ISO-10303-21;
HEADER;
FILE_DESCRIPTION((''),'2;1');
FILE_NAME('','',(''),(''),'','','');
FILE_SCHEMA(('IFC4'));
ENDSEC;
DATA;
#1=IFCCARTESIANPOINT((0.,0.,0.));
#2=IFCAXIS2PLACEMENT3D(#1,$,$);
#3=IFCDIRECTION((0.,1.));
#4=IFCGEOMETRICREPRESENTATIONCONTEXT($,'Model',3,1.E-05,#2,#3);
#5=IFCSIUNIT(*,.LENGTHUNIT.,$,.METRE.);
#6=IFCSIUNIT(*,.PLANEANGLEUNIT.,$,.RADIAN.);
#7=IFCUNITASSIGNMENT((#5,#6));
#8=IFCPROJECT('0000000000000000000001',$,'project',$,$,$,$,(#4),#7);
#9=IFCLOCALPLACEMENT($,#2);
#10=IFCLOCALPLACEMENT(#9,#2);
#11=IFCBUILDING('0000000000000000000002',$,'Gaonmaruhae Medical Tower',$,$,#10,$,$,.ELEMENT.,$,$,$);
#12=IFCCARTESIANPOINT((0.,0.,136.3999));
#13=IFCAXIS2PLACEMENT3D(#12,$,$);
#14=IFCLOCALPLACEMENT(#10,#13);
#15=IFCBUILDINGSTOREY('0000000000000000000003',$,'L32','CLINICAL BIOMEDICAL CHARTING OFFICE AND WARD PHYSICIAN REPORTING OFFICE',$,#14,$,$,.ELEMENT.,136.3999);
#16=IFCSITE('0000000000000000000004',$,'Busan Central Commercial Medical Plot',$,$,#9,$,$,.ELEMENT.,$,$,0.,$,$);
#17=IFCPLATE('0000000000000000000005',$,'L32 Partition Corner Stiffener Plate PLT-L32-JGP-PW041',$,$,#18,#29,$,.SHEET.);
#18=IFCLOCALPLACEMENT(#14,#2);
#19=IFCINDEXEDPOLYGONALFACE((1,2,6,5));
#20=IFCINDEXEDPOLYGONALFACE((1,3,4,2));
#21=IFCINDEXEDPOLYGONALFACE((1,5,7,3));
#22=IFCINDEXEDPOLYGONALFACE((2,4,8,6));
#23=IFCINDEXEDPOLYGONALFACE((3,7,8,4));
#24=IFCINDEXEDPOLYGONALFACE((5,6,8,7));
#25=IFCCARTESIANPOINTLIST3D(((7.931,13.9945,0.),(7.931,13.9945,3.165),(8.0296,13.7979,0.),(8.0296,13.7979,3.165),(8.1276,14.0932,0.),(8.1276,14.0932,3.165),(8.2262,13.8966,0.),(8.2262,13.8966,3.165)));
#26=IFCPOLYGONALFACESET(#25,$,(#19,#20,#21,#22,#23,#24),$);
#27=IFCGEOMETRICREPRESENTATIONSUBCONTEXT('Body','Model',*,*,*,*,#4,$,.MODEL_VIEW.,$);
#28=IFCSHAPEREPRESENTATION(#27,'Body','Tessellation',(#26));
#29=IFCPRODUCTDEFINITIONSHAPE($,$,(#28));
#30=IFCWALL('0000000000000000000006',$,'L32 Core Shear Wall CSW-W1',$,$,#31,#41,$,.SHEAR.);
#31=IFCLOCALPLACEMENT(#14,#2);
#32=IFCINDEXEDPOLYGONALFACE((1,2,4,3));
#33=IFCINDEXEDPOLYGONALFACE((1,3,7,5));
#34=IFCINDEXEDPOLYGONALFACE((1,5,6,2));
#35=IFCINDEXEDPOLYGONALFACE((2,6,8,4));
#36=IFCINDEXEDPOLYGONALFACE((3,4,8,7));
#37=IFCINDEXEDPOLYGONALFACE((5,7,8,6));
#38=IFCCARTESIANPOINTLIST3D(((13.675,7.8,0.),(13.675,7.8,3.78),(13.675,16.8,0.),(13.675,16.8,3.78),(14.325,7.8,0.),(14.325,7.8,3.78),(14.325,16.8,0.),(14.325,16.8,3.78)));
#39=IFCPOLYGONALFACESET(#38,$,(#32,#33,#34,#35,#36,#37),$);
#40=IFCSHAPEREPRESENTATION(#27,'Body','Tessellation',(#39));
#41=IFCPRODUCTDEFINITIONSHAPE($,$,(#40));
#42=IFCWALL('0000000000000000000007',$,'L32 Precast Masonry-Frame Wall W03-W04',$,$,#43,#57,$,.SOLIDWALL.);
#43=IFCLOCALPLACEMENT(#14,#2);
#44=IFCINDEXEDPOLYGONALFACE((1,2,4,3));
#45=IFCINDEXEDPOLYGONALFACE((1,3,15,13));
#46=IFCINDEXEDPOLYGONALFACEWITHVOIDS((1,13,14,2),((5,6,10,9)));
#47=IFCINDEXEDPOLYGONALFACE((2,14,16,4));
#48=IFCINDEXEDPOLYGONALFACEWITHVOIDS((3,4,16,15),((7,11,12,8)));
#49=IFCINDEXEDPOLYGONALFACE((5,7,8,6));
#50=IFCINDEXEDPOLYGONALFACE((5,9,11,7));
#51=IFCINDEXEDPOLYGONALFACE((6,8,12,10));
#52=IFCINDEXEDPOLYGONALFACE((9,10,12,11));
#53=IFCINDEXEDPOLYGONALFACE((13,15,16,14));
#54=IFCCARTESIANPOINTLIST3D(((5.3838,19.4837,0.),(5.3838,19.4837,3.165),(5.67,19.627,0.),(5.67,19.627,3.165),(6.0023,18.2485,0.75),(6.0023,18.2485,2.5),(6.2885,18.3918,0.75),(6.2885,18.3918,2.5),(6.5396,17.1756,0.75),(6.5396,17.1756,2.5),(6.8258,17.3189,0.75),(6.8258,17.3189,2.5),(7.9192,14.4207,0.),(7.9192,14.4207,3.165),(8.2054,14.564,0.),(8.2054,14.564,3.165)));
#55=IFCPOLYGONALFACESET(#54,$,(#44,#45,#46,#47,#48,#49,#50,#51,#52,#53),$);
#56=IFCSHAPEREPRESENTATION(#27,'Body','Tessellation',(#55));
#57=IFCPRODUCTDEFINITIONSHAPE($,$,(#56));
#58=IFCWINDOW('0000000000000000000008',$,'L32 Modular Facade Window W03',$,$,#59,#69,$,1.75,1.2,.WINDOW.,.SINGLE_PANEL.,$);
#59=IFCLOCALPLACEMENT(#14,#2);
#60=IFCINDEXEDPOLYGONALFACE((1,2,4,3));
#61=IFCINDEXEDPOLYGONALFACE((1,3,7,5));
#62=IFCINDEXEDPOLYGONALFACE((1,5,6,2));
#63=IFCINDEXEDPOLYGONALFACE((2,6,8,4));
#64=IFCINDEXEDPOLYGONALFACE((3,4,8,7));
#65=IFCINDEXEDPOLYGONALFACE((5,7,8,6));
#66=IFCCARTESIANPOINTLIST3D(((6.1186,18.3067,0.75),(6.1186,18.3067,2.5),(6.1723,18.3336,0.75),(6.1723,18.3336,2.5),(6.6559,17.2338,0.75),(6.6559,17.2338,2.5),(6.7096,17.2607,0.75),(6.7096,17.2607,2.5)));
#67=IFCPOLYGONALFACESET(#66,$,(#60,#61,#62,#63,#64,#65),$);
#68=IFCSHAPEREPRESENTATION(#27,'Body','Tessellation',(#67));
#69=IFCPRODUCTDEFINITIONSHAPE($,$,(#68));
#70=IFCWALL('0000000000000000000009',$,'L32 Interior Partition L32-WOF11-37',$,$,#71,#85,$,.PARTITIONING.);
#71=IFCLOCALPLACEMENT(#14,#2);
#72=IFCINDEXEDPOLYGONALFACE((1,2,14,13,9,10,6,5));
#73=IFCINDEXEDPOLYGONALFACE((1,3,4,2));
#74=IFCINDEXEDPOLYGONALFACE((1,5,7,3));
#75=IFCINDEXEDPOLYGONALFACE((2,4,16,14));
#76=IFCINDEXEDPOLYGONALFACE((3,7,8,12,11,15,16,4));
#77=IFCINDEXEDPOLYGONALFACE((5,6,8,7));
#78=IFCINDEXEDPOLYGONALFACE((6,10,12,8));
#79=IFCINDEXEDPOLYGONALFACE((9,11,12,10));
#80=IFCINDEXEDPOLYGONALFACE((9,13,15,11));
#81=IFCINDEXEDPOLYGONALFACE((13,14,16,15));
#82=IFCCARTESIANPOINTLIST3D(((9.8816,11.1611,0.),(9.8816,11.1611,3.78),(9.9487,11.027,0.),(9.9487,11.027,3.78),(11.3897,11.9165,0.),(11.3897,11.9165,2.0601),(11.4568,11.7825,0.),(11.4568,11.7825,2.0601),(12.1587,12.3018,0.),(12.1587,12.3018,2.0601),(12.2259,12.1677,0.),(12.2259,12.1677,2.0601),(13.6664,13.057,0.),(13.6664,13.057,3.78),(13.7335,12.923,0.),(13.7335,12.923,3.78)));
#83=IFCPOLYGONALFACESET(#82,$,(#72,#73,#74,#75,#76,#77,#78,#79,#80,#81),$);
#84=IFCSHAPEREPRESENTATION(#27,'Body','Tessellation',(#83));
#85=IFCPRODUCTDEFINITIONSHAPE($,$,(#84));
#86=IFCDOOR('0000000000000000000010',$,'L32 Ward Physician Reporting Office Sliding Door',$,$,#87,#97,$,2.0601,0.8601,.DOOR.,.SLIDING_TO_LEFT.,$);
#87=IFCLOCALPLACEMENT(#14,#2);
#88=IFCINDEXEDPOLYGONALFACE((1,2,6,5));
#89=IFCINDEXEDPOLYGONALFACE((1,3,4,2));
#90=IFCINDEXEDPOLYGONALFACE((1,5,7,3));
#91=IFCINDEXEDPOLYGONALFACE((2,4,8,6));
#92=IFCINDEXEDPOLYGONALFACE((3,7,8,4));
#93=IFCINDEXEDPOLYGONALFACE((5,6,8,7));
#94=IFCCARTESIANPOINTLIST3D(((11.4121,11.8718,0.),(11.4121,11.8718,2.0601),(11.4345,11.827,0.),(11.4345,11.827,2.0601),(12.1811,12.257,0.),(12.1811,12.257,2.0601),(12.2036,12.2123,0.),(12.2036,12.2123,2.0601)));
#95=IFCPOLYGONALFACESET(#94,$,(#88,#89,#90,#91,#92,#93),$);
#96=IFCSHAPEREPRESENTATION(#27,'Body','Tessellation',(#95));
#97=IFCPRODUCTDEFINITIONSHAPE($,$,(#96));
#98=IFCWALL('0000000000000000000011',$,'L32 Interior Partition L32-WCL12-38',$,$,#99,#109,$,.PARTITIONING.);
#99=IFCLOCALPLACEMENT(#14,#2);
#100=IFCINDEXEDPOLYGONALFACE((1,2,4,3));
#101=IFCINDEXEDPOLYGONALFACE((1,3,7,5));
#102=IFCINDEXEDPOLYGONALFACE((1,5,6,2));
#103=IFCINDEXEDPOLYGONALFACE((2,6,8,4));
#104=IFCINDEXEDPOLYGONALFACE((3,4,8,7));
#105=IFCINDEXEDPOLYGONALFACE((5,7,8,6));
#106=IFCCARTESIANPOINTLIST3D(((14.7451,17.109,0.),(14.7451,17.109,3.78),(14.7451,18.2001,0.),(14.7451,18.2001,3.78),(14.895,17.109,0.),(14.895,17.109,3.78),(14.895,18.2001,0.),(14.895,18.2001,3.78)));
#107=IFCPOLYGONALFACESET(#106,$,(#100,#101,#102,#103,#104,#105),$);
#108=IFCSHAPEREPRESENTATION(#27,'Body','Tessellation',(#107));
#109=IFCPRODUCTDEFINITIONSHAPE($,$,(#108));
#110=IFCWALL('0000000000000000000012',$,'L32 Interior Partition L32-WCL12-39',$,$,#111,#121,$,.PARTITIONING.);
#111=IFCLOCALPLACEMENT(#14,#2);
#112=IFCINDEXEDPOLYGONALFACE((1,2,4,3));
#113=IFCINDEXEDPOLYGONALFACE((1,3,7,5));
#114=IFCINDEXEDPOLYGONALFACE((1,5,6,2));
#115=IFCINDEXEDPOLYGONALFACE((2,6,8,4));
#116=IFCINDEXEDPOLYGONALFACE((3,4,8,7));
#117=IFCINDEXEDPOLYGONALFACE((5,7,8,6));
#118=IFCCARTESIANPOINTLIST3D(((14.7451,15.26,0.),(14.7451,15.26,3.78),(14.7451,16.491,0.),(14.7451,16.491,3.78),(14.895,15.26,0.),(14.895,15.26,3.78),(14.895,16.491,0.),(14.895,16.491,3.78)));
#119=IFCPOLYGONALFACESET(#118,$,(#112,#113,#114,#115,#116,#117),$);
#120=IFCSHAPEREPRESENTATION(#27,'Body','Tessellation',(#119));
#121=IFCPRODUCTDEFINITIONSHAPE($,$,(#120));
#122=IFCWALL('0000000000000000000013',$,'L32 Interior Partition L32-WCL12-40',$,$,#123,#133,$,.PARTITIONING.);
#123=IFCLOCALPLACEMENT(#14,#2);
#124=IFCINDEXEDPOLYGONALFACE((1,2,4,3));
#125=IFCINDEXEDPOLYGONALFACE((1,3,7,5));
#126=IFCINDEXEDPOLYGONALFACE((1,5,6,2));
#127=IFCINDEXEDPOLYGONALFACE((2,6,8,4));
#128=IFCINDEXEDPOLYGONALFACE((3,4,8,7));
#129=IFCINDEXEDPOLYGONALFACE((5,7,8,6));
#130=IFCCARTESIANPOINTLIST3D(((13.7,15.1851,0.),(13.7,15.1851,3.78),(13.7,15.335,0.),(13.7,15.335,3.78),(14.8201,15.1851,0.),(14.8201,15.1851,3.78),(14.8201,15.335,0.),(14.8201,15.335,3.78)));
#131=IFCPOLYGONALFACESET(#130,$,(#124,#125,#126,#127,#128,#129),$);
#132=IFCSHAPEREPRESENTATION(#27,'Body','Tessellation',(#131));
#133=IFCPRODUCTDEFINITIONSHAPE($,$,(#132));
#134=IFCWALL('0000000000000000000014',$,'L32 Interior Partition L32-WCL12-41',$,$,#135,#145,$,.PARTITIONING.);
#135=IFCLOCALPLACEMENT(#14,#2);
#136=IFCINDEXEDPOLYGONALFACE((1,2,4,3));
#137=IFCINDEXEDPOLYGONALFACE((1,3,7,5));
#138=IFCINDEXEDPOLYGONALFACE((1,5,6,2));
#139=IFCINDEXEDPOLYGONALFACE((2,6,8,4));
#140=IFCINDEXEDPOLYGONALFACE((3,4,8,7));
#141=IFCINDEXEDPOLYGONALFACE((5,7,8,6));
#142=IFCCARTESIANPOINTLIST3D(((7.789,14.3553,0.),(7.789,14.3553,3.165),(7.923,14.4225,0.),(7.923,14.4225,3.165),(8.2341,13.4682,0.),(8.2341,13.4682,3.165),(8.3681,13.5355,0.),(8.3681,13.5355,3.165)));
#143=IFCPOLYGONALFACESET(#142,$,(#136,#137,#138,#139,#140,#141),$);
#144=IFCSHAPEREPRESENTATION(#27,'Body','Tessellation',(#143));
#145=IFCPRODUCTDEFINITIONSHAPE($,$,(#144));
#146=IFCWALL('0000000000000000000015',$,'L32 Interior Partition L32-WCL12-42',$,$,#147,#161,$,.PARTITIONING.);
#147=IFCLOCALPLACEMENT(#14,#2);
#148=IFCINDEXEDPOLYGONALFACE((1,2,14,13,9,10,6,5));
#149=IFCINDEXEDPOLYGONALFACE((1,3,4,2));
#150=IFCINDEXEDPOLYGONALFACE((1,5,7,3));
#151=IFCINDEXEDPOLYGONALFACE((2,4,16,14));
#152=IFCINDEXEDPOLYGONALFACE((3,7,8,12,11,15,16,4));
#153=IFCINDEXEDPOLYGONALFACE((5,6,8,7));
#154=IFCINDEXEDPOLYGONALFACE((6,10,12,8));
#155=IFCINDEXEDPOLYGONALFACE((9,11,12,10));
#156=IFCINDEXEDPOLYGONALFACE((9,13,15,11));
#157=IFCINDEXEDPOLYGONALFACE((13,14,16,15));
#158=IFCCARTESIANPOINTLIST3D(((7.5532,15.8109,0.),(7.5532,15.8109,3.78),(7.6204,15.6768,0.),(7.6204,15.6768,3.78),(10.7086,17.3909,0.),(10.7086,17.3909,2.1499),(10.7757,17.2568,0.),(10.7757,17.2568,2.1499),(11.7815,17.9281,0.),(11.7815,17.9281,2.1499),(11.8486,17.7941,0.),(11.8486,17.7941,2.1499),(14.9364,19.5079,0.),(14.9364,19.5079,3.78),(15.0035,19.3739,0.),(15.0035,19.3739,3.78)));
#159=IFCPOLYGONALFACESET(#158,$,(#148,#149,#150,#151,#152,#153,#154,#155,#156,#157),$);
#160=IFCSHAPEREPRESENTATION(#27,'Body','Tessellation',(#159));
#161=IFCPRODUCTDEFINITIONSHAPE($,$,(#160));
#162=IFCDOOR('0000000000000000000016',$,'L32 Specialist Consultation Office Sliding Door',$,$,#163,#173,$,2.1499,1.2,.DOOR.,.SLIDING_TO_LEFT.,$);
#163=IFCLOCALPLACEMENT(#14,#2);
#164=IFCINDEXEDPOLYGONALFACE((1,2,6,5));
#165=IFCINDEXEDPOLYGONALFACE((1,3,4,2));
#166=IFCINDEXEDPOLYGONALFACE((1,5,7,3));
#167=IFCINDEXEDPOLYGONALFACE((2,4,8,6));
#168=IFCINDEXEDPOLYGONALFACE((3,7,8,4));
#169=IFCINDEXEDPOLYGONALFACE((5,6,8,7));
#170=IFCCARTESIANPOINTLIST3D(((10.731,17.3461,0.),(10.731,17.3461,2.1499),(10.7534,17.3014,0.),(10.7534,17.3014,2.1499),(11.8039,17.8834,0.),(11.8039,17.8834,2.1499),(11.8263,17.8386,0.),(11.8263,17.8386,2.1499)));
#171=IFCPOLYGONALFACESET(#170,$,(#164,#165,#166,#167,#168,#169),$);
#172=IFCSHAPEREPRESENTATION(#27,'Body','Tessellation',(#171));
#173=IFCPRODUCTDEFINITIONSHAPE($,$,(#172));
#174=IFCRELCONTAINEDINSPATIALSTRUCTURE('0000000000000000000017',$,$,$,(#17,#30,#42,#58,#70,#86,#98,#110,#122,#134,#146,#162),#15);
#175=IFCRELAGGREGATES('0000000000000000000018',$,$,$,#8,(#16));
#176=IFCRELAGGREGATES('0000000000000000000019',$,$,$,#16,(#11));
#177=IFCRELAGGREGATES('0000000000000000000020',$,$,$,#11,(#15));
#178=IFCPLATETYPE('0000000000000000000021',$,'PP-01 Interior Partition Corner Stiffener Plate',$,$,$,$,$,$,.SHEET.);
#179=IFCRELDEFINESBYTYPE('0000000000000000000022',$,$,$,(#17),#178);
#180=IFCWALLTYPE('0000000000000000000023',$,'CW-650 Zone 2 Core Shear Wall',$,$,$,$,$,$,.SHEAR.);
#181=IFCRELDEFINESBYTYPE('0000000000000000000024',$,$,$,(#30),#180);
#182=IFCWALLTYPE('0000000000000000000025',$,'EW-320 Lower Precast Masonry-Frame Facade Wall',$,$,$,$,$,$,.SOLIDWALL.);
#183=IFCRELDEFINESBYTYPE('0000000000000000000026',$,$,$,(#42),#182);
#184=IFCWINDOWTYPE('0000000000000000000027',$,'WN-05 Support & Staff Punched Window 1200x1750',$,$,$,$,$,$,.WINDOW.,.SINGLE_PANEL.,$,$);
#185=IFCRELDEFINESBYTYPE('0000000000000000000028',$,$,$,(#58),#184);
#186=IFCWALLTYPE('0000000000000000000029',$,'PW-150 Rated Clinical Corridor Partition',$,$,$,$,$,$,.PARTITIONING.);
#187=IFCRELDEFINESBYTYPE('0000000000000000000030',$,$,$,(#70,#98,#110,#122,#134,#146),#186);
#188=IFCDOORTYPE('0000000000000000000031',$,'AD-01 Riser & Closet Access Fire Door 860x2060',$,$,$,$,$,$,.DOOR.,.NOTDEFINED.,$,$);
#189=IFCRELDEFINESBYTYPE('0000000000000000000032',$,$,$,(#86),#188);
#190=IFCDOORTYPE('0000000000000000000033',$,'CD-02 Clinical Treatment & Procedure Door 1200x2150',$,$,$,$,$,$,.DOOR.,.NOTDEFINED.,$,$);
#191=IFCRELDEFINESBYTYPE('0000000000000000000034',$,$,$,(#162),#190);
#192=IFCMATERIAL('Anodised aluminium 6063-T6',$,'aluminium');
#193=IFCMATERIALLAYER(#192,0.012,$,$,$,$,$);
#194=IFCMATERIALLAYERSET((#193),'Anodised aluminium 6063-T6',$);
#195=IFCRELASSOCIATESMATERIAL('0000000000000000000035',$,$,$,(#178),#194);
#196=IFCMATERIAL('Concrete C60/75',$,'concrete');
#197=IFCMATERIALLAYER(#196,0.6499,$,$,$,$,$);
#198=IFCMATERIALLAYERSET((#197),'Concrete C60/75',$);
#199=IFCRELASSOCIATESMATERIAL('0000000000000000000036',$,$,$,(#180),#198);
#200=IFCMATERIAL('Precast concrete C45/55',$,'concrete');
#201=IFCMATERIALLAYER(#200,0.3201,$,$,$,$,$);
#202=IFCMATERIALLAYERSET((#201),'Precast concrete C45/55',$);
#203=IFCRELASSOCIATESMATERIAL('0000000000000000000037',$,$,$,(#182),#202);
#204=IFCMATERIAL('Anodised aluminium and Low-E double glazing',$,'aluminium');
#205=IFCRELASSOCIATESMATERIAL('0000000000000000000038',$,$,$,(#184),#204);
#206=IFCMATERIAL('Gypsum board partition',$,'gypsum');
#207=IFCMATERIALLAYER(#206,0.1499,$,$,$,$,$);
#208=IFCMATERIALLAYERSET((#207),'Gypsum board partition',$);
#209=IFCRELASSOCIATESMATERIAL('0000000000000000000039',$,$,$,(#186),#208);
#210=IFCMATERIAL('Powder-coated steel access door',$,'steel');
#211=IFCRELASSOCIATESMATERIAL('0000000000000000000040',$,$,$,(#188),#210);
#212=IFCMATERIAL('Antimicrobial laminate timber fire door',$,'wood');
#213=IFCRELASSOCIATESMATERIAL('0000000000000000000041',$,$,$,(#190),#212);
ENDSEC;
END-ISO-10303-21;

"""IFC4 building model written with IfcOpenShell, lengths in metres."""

from ifc_helpers import new_model, si_unit, direction, frame, frame_2d, origin, origin_2d, place, context, subcontext, project, spatial, rectangle, extrude, material, layer, layer_set, type_object, element, fill, save


model = new_model("IFC4")

# Units and contexts
model_context = context("Model", 3, precision=1e-05, world=origin(), true_north=direction((0.0, 1.0)))
body_context = subcontext(model_context, "Body", "Model", "MODEL_VIEW")
ifc_project = project(units=[si_unit("LENGTHUNIT", "METRE"), si_unit("PLANEANGLEUNIT", "RADIAN")], contexts=[model_context])

# Site, building, storey
site_placement = place(None, origin())
site = spatial("IfcSite", under=ifc_project, at=site_placement, Name="Busan Central Commercial Medical Plot", CompositionType="ELEMENT", RefElevation=0.0)
building_placement = place(site_placement, origin())
building = spatial("IfcBuilding", under=site, at=building_placement, Name="Gaonmaruhae Medical Tower", CompositionType="ELEMENT")
storey_placement = place(building_placement, frame((0.0, 0.0, 136.3999)))
storey = spatial("IfcBuildingStorey", under=building, at=storey_placement, Name="L32", Description="CLINICAL BIOMEDICAL CHARTING OFFICE AND WARD PHYSICIAN REPORTING OFFICE", CompositionType="ELEMENT", Elevation=136.3999)

# Shared definitions
ifc_material_1 = material(Name="Concrete C60/75", Category="concrete")

# Plate
ifc_material_2 = material(Name="Anodised aluminium 6063-T6", Category="aluminium")
ifc_layer_1 = layer(ifc_material_2, 0.012)
ifc_layer_set_1 = layer_set([ifc_layer_1], Name="Anodised aluminium 6063-T6")
plate_type = type_object("IfcPlateType", Name="PP-01 Interior Partition Corner Stiffener Plate", PredefinedType="SHEET", material=ifc_layer_set_1)
plate_placement = place(storey_placement, frame((8.0786, 13.9456, 0.0), z_axis=(0.0, 0.0, 1.0), x_axis=(-0.44843, 0.893818, 0.0)))
element("IfcPlate", 1, at=plate_placement, inside=storey, type_object=plate_type, Name="L32 Partition Corner Stiffener Plate PLT-L32-JGP-PW041", PredefinedType="SHEET", context=body_context, shape_type="SweptSolid", body=[
    extrude(rectangle(XDim=0.22, YDim=0.22, at=origin_2d()), origin(), (0.0, 0.0, 1.0), 3.165),
])

# Wall
ifc_layer_2 = layer(ifc_material_1, 0.6499)
ifc_layer_set_2 = layer_set([ifc_layer_2], Name="Concrete C60/75")
wall_type_1 = type_object("IfcWallType", Name="CW-650 Zone 2 Core Shear Wall", PredefinedType="SHEAR", material=ifc_layer_set_2)
wall_1_placement = place(storey_placement, frame((14.0, 16.8, 0.0), z_axis=(0.0, 0.0, 1.0), x_axis=(0.0, -1.0, 0.0)))
element("IfcWall", 2, at=wall_1_placement, inside=storey, type_object=wall_type_1, Name="L32 Core Shear Wall CSW-W1", PredefinedType="SHEAR", context=body_context, shape_type="SweptSolid", body=[
    extrude(rectangle(XDim=9.0, YDim=0.6499, at=frame_2d((4.5, 0.0))), origin(), (0.0, 0.0, 1.0), 3.78),
])

# Wall, opening, window
ifc_material_3 = material(Name="Precast concrete C45/55", Category="concrete")
ifc_layer_3 = layer(ifc_material_3, 0.3201)
ifc_layer_set_3 = layer_set([ifc_layer_3], Name="Precast concrete C45/55")
wall_type_2 = type_object("IfcWallType", Name="EW-320 Lower Precast Masonry-Frame Facade Wall", PredefinedType="SOLIDWALL", material=ifc_layer_set_3)
wall_2_placement = place(storey_placement, frame((8.0623, 14.4924, 0.0), z_axis=(0.0, 0.0, 1.0), x_axis=(-0.447765, 0.894151, 0.0)))
wall_2 = element("IfcWall", 3, at=wall_2_placement, inside=storey, type_object=wall_type_2, Name="L32 Precast Masonry-Frame Wall W03-W04", PredefinedType="SOLIDWALL", context=body_context, shape_type="SweptSolid", body=[
    extrude(rectangle(XDim=5.6624, YDim=0.3201, at=frame_2d((2.8311, 0.0))), origin(), (0.0, 0.0, 1.0), 3.165),
])
opening_1_placement = place(wall_2_placement, frame((3.0808, 0.0, 0.75)))
opening_1 = element("IfcOpeningElement", 4, at=opening_1_placement, cuts=wall_2, PredefinedType="OPENING", context=body_context, shape_type="SweptSolid", body=[
    extrude(rectangle(XDim=1.2, YDim=1.75, at=frame_2d((0.6001, 0.875))), frame((0.0, 0.1699, 0.0), z_axis=(0.0, -1.0, 0.0), x_axis=(1.0, 0.0, 0.0)), (0.0, 0.0, 1.0), 0.3401),
])
ifc_material_4 = material(Name="Anodised aluminium and Low-E double glazing", Category="aluminium")
window_type = type_object("IfcWindowType", Name="WN-05 Support & Staff Punched Window 1200x1750", PartitioningType="SINGLE_PANEL", PredefinedType="WINDOW", material=ifc_material_4)
window_placement = place(opening_1_placement, origin())
window = element("IfcWindow", 5, at=window_placement, inside=storey, type_object=window_type, Name="L32 Modular Facade Window W03", OverallHeight=1.75, OverallWidth=1.2, PartitioningType="SINGLE_PANEL", PredefinedType="WINDOW", context=body_context, shape_type="SweptSolid", body=[
    extrude(rectangle(XDim=1.2, YDim=1.75, at=frame_2d((0.6001, 0.875))), frame((0.0, 0.03, 0.0), z_axis=(0.0, -1.0, 0.0), x_axis=(1.0, 0.0, 0.0)), (0.0, 0.0, 1.0), 0.0601),
])
fill(opening_1, window)

# Wall, opening, door
ifc_material_5 = material(Name="Gypsum board partition", Category="gypsum")
ifc_layer_4 = layer(ifc_material_5, 0.1499)
ifc_layer_set_4 = layer_set([ifc_layer_4], Name="Gypsum board partition")
wall_type_3 = type_object("IfcWallType", Name="PW-150 Rated Clinical Corridor Partition", PredefinedType="PARTITIONING", material=ifc_layer_set_4)
wall_3_placement = place(storey_placement, frame((9.915, 11.094, 0.0), z_axis=(0.0, 0.0, 1.0), x_axis=(0.894092, 0.447882, 0.0)))
wall_3 = element("IfcWall", 6, at=wall_3_placement, inside=storey, type_object=wall_type_3, Name="L32 Interior Partition L32-WOF11-37", PredefinedType="PARTITIONING", context=body_context, shape_type="SweptSolid", body=[
    extrude(rectangle(XDim=4.2332, YDim=0.1499, at=frame_2d((2.1167, 0.0))), origin(), (0.0, 0.0, 1.0), 3.78),
])
opening_2_placement = place(wall_3_placement, frame((1.6868, 0.0, 0.0)))
opening_2 = element("IfcOpeningElement", 7, at=opening_2_placement, cuts=wall_3, PredefinedType="OPENING", context=body_context, shape_type="SweptSolid", body=[
    extrude(rectangle(XDim=0.8601, YDim=2.0601, at=frame_2d((0.4302, 1.03))), frame((0.0, 0.085, 0.0), z_axis=(0.0, -1.0, 0.0), x_axis=(1.0, 0.0, 0.0)), (0.0, 0.0, 1.0), 0.1699),
])
ifc_material_6 = material(Name="Powder-coated steel access door", Category="steel")
door_type_1 = type_object("IfcDoorType", Name="AD-01 Riser & Closet Access Fire Door 860x2060", OperationType="NOTDEFINED", PredefinedType="DOOR", material=ifc_material_6)
door_1_placement = place(opening_2_placement, origin())
door_1 = element("IfcDoor", 8, at=door_1_placement, inside=storey, type_object=door_type_1, Name="L32 Ward Physician Reporting Office Sliding Door", OperationType="SLIDING_TO_LEFT", OverallHeight=2.0601, OverallWidth=0.8601, PredefinedType="DOOR", context=body_context, shape_type="SweptSolid", body=[
    extrude(rectangle(XDim=0.8601, YDim=2.0601, at=frame_2d((0.4302, 1.03))), frame((0.0, 0.0249, 0.0), z_axis=(0.0, -1.0, 0.0), x_axis=(1.0, 0.0, 0.0)), (0.0, 0.0, 1.0), 0.05),
])
fill(opening_2, door_1)

# Walls
wall_4_placement = place(storey_placement, frame((14.8201, 18.2, 0.0), z_axis=(0.0, 0.0, 1.0), x_axis=(0.0, -1.0, 0.0)))
element("IfcWall", 9, at=wall_4_placement, inside=storey, type_object=wall_type_3, Name="L32 Interior Partition L32-WCL12-38", PredefinedType="PARTITIONING", context=body_context, shape_type="SweptSolid", body=[
    extrude(rectangle(XDim=1.0911, YDim=0.1499, at=frame_2d((0.5454, 0.0))), origin(), (0.0, 0.0, 1.0), 3.78),
])
wall_5_placement = place(storey_placement, frame((14.8201, 16.491, 0.0), z_axis=(0.0, 0.0, 1.0), x_axis=(0.0, -1.0, 0.0)))
element("IfcWall", 10, at=wall_5_placement, inside=storey, type_object=wall_type_3, Name="L32 Interior Partition L32-WCL12-39", PredefinedType="PARTITIONING", context=body_context, shape_type="SweptSolid", body=[
    extrude(rectangle(XDim=1.231, YDim=0.1499, at=frame_2d((0.6155, 0.0))), origin(), (0.0, 0.0, 1.0), 3.78),
])
wall_6_placement = place(storey_placement, frame((14.8201, 15.26, 0.0), z_axis=(0.0, 0.0, 1.0), x_axis=(-1.0, 0.0, 0.0)))
element("IfcWall", 11, at=wall_6_placement, inside=storey, type_object=wall_type_3, Name="L32 Interior Partition L32-WCL12-40", PredefinedType="PARTITIONING", context=body_context, shape_type="SweptSolid", body=[
    extrude(rectangle(XDim=1.1201, YDim=0.1499, at=frame_2d((0.5601, 0.0))), origin(), (0.0, 0.0, 1.0), 3.78),
])
wall_7_placement = place(storey_placement, frame((8.301, 13.502, 0.0), z_axis=(0.0, 0.0, 1.0), x_axis=(-0.448492, 0.893787, 0.0)))
element("IfcWall", 12, at=wall_7_placement, inside=storey, type_object=wall_type_3, Name="L32 Interior Partition L32-WCL12-41", PredefinedType="PARTITIONING", context=body_context, shape_type="SweptSolid", body=[
    extrude(rectangle(XDim=0.9924, YDim=0.1499, at=frame_2d((0.4961, 0.0))), origin(), (0.0, 0.0, 1.0), 3.165),
])

# Wall, opening, door
wall_8_placement = place(storey_placement, frame((7.5869, 15.7439, 0.0), z_axis=(0.0, 0.0, 1.0), x_axis=(0.894161, 0.447746, 0.0)))
wall_8 = element("IfcWall", 13, at=wall_8_placement, inside=storey, type_object=wall_type_3, Name="L32 Interior Partition L32-WCL12-42", PredefinedType="PARTITIONING", context=body_context, shape_type="SweptSolid", body=[
    extrude(rectangle(XDim=8.2571, YDim=0.1499, at=frame_2d((4.1284, 0.0))), origin(), (0.0, 0.0, 1.0), 3.78),
])
opening_3_placement = place(wall_8_placement, frame((3.5286, 0.0, 0.0)))
opening_3 = element("IfcOpeningElement", 14, at=opening_3_placement, cuts=wall_8, PredefinedType="OPENING", context=body_context, shape_type="SweptSolid", body=[
    extrude(rectangle(XDim=1.2, YDim=2.1499, at=frame_2d((0.6001, 1.075))), frame((0.0, 0.085, 0.0), z_axis=(0.0, -1.0, 0.0), x_axis=(1.0, 0.0, 0.0)), (0.0, 0.0, 1.0), 0.1699),
])
ifc_material_7 = material(Name="Antimicrobial laminate timber fire door", Category="wood")
door_type_2 = type_object("IfcDoorType", Name="CD-02 Clinical Treatment & Procedure Door 1200x2150", OperationType="NOTDEFINED", PredefinedType="DOOR", material=ifc_material_7)
door_2_placement = place(opening_3_placement, origin())
door_2 = element("IfcDoor", 15, at=door_2_placement, inside=storey, type_object=door_type_2, Name="L32 Specialist Consultation Office Sliding Door", OperationType="SLIDING_TO_LEFT", OverallHeight=2.1499, OverallWidth=1.2, PredefinedType="DOOR", context=body_context, shape_type="SweptSolid", body=[
    extrude(rectangle(XDim=1.2, YDim=2.1499, at=frame_2d((0.6001, 1.075))), frame((0.0, 0.0249, 0.0), z_axis=(0.0, -1.0, 0.0), x_axis=(1.0, 0.0, 0.0)), (0.0, 0.0, 1.0), 0.05),
])
fill(opening_3, door_2)

save(model, "model.ifc")
